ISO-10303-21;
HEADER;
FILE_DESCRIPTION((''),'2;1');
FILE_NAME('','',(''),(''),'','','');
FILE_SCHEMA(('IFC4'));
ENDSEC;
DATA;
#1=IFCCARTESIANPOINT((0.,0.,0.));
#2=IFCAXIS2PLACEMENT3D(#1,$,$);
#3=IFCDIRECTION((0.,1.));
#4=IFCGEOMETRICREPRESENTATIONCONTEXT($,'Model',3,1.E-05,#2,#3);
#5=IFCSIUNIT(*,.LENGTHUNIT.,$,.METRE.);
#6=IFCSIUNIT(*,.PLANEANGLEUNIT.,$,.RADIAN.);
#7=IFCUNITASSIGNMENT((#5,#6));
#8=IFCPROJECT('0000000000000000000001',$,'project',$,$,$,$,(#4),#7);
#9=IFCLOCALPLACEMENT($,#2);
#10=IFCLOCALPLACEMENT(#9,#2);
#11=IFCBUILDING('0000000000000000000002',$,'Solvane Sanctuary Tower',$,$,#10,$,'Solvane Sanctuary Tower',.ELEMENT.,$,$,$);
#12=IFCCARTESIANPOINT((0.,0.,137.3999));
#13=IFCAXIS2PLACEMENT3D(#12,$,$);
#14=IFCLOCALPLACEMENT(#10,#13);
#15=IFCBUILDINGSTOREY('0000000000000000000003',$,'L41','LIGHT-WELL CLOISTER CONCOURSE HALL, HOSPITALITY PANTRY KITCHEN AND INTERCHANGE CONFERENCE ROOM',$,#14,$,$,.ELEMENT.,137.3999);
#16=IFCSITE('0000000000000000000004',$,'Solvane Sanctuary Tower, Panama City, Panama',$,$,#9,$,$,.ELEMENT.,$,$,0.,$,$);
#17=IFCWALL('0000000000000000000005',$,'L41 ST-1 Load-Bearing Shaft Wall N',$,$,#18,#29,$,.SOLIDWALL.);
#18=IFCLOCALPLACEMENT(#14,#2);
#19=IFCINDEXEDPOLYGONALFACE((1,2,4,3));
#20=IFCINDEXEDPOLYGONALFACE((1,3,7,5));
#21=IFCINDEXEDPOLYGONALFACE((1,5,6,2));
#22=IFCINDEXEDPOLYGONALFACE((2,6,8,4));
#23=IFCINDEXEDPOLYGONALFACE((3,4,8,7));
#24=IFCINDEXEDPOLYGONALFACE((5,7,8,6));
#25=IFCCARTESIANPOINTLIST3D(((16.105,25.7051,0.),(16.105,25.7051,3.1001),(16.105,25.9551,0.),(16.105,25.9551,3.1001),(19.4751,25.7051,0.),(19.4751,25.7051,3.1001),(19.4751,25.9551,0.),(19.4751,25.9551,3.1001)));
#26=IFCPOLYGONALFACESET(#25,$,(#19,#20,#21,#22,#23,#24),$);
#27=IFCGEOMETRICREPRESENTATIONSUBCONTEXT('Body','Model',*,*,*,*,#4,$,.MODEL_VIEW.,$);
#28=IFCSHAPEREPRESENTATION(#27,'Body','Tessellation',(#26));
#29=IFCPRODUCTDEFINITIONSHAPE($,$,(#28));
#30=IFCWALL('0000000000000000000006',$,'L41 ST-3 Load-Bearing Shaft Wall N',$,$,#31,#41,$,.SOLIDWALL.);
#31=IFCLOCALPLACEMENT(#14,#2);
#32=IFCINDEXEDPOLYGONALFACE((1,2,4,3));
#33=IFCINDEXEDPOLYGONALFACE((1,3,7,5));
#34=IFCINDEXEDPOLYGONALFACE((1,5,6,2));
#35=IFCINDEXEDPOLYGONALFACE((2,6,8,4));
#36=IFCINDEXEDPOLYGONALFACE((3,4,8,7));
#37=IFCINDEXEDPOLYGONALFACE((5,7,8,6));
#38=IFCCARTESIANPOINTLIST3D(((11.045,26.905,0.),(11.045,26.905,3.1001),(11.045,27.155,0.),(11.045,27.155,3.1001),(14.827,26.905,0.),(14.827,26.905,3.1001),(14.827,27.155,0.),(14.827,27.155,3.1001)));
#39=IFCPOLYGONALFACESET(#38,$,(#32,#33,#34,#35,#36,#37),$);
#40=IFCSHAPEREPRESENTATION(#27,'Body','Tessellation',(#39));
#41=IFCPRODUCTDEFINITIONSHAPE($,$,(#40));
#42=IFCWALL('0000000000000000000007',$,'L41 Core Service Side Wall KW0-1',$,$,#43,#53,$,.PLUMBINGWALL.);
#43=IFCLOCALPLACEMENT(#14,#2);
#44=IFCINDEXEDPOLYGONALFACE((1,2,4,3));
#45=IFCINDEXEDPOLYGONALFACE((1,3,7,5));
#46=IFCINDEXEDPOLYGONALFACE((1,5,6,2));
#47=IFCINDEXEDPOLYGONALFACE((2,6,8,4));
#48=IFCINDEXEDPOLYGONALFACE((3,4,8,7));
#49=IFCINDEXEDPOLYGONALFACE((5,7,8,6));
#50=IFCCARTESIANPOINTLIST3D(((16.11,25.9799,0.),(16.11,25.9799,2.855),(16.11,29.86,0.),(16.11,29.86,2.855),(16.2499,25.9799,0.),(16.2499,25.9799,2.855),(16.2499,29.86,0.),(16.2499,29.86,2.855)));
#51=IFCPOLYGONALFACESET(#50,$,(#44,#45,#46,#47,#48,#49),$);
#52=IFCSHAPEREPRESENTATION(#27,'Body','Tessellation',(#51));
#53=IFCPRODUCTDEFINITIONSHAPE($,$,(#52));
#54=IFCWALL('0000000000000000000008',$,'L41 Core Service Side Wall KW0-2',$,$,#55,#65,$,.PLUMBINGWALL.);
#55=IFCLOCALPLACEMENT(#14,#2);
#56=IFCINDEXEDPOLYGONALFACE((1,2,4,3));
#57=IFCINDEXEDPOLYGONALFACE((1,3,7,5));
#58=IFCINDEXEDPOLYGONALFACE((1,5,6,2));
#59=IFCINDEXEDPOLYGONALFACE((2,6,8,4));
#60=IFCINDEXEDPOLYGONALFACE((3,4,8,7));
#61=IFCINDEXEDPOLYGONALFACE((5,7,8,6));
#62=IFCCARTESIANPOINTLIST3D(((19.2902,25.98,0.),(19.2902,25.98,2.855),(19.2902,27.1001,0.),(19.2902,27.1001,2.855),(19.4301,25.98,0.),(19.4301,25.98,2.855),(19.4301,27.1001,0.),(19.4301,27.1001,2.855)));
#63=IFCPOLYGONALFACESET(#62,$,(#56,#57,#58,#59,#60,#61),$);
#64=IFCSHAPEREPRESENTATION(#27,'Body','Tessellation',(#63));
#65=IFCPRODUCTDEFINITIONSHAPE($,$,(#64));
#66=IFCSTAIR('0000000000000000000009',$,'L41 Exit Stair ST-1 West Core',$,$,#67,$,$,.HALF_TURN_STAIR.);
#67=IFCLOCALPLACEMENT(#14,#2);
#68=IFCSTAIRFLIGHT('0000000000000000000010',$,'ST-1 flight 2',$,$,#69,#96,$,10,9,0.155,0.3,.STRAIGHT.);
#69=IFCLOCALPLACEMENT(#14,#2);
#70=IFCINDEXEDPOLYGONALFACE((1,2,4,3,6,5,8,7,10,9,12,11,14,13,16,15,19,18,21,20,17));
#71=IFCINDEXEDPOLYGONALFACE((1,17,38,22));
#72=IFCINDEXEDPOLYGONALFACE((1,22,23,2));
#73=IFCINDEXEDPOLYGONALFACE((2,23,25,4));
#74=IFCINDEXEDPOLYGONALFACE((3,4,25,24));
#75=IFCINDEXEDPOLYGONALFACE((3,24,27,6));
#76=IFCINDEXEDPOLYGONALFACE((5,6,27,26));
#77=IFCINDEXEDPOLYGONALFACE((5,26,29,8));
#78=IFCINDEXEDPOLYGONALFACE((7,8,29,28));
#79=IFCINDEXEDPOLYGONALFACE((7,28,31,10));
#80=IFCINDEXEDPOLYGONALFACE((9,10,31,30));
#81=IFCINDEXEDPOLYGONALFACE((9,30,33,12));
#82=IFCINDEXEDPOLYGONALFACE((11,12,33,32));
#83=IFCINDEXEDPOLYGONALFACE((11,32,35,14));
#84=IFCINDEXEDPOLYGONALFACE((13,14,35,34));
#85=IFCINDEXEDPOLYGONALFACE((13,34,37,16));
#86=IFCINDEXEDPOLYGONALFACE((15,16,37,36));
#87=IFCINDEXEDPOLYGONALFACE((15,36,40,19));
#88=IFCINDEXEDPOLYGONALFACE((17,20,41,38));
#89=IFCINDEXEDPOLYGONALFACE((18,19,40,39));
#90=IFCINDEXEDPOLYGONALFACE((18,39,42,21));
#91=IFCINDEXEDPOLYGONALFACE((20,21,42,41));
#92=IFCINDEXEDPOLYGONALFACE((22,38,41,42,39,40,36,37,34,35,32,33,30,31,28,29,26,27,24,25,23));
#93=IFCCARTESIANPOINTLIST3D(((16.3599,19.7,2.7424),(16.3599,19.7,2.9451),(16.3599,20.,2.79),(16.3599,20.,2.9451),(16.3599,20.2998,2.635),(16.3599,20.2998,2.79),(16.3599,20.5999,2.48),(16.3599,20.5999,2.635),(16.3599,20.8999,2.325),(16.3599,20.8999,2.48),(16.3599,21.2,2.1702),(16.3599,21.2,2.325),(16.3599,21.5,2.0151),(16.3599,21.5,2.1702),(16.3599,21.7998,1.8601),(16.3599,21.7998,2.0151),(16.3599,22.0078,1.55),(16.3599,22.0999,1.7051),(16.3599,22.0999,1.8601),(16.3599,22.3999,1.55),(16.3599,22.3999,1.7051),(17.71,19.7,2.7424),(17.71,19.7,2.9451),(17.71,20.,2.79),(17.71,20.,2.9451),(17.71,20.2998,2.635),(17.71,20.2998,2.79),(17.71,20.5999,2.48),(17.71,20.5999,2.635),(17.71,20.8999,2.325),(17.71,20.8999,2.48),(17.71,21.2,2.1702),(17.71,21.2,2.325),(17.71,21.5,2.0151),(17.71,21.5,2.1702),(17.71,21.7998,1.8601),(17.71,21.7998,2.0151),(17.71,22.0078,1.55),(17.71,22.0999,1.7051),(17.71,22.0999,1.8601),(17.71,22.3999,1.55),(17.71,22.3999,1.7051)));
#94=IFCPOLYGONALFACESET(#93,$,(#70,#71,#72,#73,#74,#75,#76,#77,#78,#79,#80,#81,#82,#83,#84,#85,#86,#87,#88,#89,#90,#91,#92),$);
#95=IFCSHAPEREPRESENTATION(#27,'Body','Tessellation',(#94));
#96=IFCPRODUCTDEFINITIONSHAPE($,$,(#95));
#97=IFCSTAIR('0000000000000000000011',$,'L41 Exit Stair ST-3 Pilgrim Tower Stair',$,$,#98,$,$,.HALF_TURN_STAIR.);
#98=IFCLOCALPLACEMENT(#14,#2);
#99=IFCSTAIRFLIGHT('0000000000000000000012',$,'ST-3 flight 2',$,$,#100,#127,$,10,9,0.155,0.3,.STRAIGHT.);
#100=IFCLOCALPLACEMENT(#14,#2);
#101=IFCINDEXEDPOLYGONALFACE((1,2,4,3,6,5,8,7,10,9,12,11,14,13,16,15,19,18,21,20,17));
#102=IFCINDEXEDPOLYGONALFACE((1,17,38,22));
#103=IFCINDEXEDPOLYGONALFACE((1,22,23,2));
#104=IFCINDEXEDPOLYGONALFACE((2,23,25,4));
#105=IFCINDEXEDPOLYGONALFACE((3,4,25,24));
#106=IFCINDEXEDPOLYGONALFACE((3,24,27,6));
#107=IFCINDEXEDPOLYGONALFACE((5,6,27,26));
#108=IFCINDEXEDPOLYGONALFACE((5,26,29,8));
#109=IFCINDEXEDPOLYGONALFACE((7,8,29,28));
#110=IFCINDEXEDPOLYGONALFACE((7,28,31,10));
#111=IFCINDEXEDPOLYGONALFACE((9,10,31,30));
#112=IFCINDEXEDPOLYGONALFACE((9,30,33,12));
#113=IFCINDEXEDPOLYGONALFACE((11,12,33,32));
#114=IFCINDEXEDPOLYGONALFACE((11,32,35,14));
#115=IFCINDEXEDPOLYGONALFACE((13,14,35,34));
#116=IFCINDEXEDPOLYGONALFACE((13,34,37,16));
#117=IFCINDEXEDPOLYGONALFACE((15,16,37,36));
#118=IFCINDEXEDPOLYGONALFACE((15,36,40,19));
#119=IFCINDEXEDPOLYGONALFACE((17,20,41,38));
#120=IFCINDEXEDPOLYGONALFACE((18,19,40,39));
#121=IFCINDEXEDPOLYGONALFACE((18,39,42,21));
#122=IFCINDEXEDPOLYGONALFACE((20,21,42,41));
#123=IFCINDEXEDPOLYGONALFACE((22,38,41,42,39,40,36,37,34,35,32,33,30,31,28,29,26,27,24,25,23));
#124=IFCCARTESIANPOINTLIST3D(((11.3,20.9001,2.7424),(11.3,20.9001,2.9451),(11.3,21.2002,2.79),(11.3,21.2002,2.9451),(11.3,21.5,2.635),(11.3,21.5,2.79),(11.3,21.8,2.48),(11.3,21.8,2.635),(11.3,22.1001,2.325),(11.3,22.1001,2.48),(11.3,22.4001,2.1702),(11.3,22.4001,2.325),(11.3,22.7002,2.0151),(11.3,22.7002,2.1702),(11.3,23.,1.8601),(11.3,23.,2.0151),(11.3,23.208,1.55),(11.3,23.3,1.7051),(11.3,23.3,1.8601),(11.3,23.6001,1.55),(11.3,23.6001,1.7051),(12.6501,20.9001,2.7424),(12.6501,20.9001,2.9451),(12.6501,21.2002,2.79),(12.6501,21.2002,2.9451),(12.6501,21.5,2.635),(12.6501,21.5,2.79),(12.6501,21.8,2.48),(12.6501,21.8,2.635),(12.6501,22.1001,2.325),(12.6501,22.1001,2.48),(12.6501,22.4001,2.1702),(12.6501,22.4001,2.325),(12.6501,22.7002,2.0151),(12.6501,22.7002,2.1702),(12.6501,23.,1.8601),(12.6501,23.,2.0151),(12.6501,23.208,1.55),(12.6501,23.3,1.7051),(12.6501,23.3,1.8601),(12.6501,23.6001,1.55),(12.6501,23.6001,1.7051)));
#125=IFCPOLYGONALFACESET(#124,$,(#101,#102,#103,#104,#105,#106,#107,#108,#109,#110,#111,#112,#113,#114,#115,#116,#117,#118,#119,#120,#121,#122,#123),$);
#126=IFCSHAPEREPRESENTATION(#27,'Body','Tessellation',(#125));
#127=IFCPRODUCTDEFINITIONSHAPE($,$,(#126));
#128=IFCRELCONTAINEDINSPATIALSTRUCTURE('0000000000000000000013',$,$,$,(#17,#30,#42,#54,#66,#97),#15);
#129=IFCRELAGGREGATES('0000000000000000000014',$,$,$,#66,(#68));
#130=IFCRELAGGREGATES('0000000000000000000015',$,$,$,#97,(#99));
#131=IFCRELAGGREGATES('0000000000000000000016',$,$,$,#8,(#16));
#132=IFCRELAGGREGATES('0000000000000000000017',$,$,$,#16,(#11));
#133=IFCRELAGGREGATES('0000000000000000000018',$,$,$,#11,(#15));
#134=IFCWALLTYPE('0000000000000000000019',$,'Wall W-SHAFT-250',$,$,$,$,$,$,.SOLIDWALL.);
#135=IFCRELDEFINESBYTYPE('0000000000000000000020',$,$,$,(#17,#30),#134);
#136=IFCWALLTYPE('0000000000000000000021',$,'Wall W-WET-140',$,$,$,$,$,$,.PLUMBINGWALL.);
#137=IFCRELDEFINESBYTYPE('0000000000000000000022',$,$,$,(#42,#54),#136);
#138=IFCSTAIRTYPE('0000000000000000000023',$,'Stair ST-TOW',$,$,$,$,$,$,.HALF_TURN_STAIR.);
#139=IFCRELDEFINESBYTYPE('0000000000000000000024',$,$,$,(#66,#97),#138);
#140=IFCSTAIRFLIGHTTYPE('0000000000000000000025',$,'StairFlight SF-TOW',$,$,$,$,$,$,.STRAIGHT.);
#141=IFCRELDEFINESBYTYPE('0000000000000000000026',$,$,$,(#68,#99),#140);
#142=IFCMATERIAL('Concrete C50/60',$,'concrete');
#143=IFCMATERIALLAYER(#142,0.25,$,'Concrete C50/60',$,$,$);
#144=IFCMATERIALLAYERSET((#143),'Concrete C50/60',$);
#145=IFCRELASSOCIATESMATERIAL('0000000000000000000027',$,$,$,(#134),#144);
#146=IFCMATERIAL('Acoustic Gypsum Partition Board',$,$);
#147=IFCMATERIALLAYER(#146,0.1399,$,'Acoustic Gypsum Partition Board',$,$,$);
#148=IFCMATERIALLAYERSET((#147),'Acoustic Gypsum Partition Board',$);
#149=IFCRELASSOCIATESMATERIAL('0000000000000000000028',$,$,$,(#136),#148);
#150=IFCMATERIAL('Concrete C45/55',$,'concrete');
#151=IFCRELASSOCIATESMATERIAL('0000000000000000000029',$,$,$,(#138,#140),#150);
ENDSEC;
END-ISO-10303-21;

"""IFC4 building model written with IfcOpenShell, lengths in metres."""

from ifc_helpers import new_model, si_unit, direction, frame, frame_2d, origin, place, context, subcontext, project, spatial, polyline, rectangle, outline, extrude, material, layer, layer_set, type_object, element, aggregate, save


model = new_model("IFC4")

# Units and contexts
model_context = context("Model", 3, precision=1e-05, world=origin(), true_north=direction((0.0, 1.0)))
body_context = subcontext(model_context, "Body", "Model", "MODEL_VIEW")
ifc_project = project(units=[si_unit("LENGTHUNIT", "METRE"), si_unit("PLANEANGLEUNIT", "RADIAN")], contexts=[model_context])

# Site, building, storey
site_placement = place(None, origin())
site = spatial("IfcSite", under=ifc_project, at=site_placement, Name="Solvane Sanctuary Tower, Panama City, Panama", CompositionType="ELEMENT", RefElevation=0.0)
building_placement = place(site_placement, origin())
building = spatial("IfcBuilding", under=site, at=building_placement, Name="Solvane Sanctuary Tower", LongName="Solvane Sanctuary Tower", CompositionType="ELEMENT")
storey_placement = place(building_placement, frame((0.0, 0.0, 137.3999)))
storey = spatial("IfcBuildingStorey", under=building, at=storey_placement, Name="L41", Description="LIGHT-WELL CLOISTER CONCOURSE HALL, HOSPITALITY PANTRY KITCHEN AND INTERCHANGE CONFERENCE ROOM", CompositionType="ELEMENT", Elevation=137.3999)

# Shared definitions
ifc_material_1 = material(Name="Acoustic Gypsum Partition Board")

# Shared definitions
ifc_material_2 = material(Name="Concrete C50/60", Category="concrete")

# Walls
ifc_layer_1 = layer(ifc_material_2, 0.25, Name="Concrete C50/60")
ifc_layer_set_1 = layer_set([ifc_layer_1], Name="Concrete C50/60")
wall_type_1 = type_object("IfcWallType", Name="Wall W-SHAFT-250", PredefinedType="SOLIDWALL", material=ifc_layer_set_1)
wall_1_placement = place(storey_placement, frame((16.105, 25.8301, 0.0), z_axis=(0.0, 0.0, 1.0), x_axis=(1.0, 0.0, 0.0)))
element("IfcWall", 1, at=wall_1_placement, inside=storey, type_object=wall_type_1, Name="L41 ST-1 Load-Bearing Shaft Wall N", PredefinedType="SOLIDWALL", context=body_context, shape_type="SweptSolid", body=[
    extrude(rectangle(XDim=3.3701, YDim=0.25, at=frame_2d((1.6851, 0.0))), origin(), (0.0, 0.0, 1.0), 3.1001),
])
wall_2_placement = place(storey_placement, frame((11.0449, 27.03, 0.0), z_axis=(0.0, 0.0, 1.0), x_axis=(1.0, 0.0, 0.0)))
element("IfcWall", 2, at=wall_2_placement, inside=storey, type_object=wall_type_1, Name="L41 ST-3 Load-Bearing Shaft Wall N", PredefinedType="SOLIDWALL", context=body_context, shape_type="SweptSolid", body=[
    extrude(rectangle(XDim=3.782, YDim=0.25, at=frame_2d((1.8911, 0.0))), origin(), (0.0, 0.0, 1.0), 3.1001),
])
ifc_layer_2 = layer(ifc_material_1, 0.1399, Name="Acoustic Gypsum Partition Board")
ifc_layer_set_2 = layer_set([ifc_layer_2], Name="Acoustic Gypsum Partition Board")
wall_type_2 = type_object("IfcWallType", Name="Wall W-WET-140", PredefinedType="PLUMBINGWALL", material=ifc_layer_set_2)
wall_3_placement = place(storey_placement, frame((16.1799, 25.98, 0.0), z_axis=(0.0, 0.0, 1.0), x_axis=(0.0, 1.0, 0.0)))
element("IfcWall", 3, at=wall_3_placement, inside=storey, type_object=wall_type_2, Name="L41 Core Service Side Wall KW0-1", PredefinedType="PLUMBINGWALL", context=body_context, shape_type="SweptSolid", body=[
    extrude(rectangle(XDim=3.8801, YDim=0.1399, at=frame_2d((1.9399, 0.0))), origin(), (0.0, 0.0, 1.0), 2.855),
])
wall_4_placement = place(storey_placement, frame((19.3601, 25.98, 0.0), z_axis=(0.0, 0.0, 1.0), x_axis=(0.0, 1.0, 0.0)))
element("IfcWall", 4, at=wall_4_placement, inside=storey, type_object=wall_type_2, Name="L41 Core Service Side Wall KW0-2", PredefinedType="PLUMBINGWALL", context=body_context, shape_type="SweptSolid", body=[
    extrude(rectangle(XDim=1.1201, YDim=0.1399, at=frame_2d((0.5601, 0.0))), origin(), (0.0, 0.0, 1.0), 2.855),
])

# Stairs, stair flights
ifc_material_3 = material(Name="Concrete C45/55", Category="concrete")
stair_type = type_object("IfcStairType", Name="Stair ST-TOW", PredefinedType="HALF_TURN_STAIR", material=ifc_material_3)
stair_1_placement = place(storey_placement, origin())
stair_1 = element("IfcStair", 5, at=stair_1_placement, inside=storey, type_object=stair_type, Name="L41 Exit Stair ST-1 West Core", PredefinedType="HALF_TURN_STAIR")
stair_flight_type = type_object("IfcStairFlightType", Name="StairFlight SF-TOW", PredefinedType="STRAIGHT", material=ifc_material_3)
stair_flight_1_placement = place(storey_placement, frame((17.0349, 22.3999, 1.55), z_axis=(0.0, 0.0, 1.0), x_axis=(0.0, -1.0, 0.0)))
stair_flight_1 = element("IfcStairFlight", 6, at=stair_flight_1_placement, type_object=stair_flight_type, Name="ST-1 flight 2", NumberOfRisers=10, NumberOfTreads=9, PredefinedType="STRAIGHT", RiserHeight=0.155, TreadLength=0.3, context=body_context, shape_type="SweptSolid", body=[
    extrude(outline(polyline([(0.0, 0.0), (0.0, 0.155), (0.3, 0.155), (0.3, 0.3101), (0.6001, 0.3101), (0.6001, 0.4651), (0.8999, 0.4651), (0.8999, 0.6201), (1.2, 0.6201), (1.2, 0.7749), (1.5, 0.7749), (1.5, 0.9299), (1.8, 0.9299), (1.8, 1.085), (2.1001, 1.085), (2.1001, 1.24), (2.3999, 1.24), (2.3999, 1.395), (2.7, 1.395), (2.7, 1.55), (2.7, 1.1924), (0.3921, 0.0), (0.0, 0.0)])), frame((0.0, 0.675, 0.0), z_axis=(0.0, -1.0, 0.0), x_axis=(1.0, 0.0, 0.0)), (0.0, 0.0, 1.0), 1.3501),
])
aggregate(stair_1, [stair_flight_1])
stair_2_placement = place(storey_placement, origin())
stair_2 = element("IfcStair", 7, at=stair_2_placement, inside=storey, type_object=stair_type, Name="L41 Exit Stair ST-3 Pilgrim Tower Stair", PredefinedType="HALF_TURN_STAIR")
stair_flight_2_placement = place(storey_placement, frame((11.9751, 23.6001, 1.55), z_axis=(0.0, 0.0, 1.0), x_axis=(0.0, -1.0, 0.0)))
stair_flight_2 = element("IfcStairFlight", 8, at=stair_flight_2_placement, type_object=stair_flight_type, Name="ST-3 flight 2", NumberOfRisers=10, NumberOfTreads=9, PredefinedType="STRAIGHT", RiserHeight=0.155, TreadLength=0.3, context=body_context, shape_type="SweptSolid", body=[
    extrude(outline(polyline([(0.0, 0.0), (0.0, 0.155), (0.3, 0.155), (0.3, 0.3101), (0.6001, 0.3101), (0.6001, 0.4651), (0.8999, 0.4651), (0.8999, 0.6201), (1.2, 0.6201), (1.2, 0.7749), (1.5, 0.7749), (1.5, 0.9299), (1.8, 0.9299), (1.8, 1.085), (2.1001, 1.085), (2.1001, 1.24), (2.3999, 1.24), (2.3999, 1.395), (2.7, 1.395), (2.7, 1.55), (2.7, 1.1924), (0.3921, 0.0), (0.0, 0.0)])), frame((0.0, 0.675, 0.0), z_axis=(0.0, -1.0, 0.0), x_axis=(1.0, 0.0, 0.0)), (0.0, 0.0, 1.0), 1.3501),
])
aggregate(stair_2, [stair_flight_2])

save(model, "model.ifc")
